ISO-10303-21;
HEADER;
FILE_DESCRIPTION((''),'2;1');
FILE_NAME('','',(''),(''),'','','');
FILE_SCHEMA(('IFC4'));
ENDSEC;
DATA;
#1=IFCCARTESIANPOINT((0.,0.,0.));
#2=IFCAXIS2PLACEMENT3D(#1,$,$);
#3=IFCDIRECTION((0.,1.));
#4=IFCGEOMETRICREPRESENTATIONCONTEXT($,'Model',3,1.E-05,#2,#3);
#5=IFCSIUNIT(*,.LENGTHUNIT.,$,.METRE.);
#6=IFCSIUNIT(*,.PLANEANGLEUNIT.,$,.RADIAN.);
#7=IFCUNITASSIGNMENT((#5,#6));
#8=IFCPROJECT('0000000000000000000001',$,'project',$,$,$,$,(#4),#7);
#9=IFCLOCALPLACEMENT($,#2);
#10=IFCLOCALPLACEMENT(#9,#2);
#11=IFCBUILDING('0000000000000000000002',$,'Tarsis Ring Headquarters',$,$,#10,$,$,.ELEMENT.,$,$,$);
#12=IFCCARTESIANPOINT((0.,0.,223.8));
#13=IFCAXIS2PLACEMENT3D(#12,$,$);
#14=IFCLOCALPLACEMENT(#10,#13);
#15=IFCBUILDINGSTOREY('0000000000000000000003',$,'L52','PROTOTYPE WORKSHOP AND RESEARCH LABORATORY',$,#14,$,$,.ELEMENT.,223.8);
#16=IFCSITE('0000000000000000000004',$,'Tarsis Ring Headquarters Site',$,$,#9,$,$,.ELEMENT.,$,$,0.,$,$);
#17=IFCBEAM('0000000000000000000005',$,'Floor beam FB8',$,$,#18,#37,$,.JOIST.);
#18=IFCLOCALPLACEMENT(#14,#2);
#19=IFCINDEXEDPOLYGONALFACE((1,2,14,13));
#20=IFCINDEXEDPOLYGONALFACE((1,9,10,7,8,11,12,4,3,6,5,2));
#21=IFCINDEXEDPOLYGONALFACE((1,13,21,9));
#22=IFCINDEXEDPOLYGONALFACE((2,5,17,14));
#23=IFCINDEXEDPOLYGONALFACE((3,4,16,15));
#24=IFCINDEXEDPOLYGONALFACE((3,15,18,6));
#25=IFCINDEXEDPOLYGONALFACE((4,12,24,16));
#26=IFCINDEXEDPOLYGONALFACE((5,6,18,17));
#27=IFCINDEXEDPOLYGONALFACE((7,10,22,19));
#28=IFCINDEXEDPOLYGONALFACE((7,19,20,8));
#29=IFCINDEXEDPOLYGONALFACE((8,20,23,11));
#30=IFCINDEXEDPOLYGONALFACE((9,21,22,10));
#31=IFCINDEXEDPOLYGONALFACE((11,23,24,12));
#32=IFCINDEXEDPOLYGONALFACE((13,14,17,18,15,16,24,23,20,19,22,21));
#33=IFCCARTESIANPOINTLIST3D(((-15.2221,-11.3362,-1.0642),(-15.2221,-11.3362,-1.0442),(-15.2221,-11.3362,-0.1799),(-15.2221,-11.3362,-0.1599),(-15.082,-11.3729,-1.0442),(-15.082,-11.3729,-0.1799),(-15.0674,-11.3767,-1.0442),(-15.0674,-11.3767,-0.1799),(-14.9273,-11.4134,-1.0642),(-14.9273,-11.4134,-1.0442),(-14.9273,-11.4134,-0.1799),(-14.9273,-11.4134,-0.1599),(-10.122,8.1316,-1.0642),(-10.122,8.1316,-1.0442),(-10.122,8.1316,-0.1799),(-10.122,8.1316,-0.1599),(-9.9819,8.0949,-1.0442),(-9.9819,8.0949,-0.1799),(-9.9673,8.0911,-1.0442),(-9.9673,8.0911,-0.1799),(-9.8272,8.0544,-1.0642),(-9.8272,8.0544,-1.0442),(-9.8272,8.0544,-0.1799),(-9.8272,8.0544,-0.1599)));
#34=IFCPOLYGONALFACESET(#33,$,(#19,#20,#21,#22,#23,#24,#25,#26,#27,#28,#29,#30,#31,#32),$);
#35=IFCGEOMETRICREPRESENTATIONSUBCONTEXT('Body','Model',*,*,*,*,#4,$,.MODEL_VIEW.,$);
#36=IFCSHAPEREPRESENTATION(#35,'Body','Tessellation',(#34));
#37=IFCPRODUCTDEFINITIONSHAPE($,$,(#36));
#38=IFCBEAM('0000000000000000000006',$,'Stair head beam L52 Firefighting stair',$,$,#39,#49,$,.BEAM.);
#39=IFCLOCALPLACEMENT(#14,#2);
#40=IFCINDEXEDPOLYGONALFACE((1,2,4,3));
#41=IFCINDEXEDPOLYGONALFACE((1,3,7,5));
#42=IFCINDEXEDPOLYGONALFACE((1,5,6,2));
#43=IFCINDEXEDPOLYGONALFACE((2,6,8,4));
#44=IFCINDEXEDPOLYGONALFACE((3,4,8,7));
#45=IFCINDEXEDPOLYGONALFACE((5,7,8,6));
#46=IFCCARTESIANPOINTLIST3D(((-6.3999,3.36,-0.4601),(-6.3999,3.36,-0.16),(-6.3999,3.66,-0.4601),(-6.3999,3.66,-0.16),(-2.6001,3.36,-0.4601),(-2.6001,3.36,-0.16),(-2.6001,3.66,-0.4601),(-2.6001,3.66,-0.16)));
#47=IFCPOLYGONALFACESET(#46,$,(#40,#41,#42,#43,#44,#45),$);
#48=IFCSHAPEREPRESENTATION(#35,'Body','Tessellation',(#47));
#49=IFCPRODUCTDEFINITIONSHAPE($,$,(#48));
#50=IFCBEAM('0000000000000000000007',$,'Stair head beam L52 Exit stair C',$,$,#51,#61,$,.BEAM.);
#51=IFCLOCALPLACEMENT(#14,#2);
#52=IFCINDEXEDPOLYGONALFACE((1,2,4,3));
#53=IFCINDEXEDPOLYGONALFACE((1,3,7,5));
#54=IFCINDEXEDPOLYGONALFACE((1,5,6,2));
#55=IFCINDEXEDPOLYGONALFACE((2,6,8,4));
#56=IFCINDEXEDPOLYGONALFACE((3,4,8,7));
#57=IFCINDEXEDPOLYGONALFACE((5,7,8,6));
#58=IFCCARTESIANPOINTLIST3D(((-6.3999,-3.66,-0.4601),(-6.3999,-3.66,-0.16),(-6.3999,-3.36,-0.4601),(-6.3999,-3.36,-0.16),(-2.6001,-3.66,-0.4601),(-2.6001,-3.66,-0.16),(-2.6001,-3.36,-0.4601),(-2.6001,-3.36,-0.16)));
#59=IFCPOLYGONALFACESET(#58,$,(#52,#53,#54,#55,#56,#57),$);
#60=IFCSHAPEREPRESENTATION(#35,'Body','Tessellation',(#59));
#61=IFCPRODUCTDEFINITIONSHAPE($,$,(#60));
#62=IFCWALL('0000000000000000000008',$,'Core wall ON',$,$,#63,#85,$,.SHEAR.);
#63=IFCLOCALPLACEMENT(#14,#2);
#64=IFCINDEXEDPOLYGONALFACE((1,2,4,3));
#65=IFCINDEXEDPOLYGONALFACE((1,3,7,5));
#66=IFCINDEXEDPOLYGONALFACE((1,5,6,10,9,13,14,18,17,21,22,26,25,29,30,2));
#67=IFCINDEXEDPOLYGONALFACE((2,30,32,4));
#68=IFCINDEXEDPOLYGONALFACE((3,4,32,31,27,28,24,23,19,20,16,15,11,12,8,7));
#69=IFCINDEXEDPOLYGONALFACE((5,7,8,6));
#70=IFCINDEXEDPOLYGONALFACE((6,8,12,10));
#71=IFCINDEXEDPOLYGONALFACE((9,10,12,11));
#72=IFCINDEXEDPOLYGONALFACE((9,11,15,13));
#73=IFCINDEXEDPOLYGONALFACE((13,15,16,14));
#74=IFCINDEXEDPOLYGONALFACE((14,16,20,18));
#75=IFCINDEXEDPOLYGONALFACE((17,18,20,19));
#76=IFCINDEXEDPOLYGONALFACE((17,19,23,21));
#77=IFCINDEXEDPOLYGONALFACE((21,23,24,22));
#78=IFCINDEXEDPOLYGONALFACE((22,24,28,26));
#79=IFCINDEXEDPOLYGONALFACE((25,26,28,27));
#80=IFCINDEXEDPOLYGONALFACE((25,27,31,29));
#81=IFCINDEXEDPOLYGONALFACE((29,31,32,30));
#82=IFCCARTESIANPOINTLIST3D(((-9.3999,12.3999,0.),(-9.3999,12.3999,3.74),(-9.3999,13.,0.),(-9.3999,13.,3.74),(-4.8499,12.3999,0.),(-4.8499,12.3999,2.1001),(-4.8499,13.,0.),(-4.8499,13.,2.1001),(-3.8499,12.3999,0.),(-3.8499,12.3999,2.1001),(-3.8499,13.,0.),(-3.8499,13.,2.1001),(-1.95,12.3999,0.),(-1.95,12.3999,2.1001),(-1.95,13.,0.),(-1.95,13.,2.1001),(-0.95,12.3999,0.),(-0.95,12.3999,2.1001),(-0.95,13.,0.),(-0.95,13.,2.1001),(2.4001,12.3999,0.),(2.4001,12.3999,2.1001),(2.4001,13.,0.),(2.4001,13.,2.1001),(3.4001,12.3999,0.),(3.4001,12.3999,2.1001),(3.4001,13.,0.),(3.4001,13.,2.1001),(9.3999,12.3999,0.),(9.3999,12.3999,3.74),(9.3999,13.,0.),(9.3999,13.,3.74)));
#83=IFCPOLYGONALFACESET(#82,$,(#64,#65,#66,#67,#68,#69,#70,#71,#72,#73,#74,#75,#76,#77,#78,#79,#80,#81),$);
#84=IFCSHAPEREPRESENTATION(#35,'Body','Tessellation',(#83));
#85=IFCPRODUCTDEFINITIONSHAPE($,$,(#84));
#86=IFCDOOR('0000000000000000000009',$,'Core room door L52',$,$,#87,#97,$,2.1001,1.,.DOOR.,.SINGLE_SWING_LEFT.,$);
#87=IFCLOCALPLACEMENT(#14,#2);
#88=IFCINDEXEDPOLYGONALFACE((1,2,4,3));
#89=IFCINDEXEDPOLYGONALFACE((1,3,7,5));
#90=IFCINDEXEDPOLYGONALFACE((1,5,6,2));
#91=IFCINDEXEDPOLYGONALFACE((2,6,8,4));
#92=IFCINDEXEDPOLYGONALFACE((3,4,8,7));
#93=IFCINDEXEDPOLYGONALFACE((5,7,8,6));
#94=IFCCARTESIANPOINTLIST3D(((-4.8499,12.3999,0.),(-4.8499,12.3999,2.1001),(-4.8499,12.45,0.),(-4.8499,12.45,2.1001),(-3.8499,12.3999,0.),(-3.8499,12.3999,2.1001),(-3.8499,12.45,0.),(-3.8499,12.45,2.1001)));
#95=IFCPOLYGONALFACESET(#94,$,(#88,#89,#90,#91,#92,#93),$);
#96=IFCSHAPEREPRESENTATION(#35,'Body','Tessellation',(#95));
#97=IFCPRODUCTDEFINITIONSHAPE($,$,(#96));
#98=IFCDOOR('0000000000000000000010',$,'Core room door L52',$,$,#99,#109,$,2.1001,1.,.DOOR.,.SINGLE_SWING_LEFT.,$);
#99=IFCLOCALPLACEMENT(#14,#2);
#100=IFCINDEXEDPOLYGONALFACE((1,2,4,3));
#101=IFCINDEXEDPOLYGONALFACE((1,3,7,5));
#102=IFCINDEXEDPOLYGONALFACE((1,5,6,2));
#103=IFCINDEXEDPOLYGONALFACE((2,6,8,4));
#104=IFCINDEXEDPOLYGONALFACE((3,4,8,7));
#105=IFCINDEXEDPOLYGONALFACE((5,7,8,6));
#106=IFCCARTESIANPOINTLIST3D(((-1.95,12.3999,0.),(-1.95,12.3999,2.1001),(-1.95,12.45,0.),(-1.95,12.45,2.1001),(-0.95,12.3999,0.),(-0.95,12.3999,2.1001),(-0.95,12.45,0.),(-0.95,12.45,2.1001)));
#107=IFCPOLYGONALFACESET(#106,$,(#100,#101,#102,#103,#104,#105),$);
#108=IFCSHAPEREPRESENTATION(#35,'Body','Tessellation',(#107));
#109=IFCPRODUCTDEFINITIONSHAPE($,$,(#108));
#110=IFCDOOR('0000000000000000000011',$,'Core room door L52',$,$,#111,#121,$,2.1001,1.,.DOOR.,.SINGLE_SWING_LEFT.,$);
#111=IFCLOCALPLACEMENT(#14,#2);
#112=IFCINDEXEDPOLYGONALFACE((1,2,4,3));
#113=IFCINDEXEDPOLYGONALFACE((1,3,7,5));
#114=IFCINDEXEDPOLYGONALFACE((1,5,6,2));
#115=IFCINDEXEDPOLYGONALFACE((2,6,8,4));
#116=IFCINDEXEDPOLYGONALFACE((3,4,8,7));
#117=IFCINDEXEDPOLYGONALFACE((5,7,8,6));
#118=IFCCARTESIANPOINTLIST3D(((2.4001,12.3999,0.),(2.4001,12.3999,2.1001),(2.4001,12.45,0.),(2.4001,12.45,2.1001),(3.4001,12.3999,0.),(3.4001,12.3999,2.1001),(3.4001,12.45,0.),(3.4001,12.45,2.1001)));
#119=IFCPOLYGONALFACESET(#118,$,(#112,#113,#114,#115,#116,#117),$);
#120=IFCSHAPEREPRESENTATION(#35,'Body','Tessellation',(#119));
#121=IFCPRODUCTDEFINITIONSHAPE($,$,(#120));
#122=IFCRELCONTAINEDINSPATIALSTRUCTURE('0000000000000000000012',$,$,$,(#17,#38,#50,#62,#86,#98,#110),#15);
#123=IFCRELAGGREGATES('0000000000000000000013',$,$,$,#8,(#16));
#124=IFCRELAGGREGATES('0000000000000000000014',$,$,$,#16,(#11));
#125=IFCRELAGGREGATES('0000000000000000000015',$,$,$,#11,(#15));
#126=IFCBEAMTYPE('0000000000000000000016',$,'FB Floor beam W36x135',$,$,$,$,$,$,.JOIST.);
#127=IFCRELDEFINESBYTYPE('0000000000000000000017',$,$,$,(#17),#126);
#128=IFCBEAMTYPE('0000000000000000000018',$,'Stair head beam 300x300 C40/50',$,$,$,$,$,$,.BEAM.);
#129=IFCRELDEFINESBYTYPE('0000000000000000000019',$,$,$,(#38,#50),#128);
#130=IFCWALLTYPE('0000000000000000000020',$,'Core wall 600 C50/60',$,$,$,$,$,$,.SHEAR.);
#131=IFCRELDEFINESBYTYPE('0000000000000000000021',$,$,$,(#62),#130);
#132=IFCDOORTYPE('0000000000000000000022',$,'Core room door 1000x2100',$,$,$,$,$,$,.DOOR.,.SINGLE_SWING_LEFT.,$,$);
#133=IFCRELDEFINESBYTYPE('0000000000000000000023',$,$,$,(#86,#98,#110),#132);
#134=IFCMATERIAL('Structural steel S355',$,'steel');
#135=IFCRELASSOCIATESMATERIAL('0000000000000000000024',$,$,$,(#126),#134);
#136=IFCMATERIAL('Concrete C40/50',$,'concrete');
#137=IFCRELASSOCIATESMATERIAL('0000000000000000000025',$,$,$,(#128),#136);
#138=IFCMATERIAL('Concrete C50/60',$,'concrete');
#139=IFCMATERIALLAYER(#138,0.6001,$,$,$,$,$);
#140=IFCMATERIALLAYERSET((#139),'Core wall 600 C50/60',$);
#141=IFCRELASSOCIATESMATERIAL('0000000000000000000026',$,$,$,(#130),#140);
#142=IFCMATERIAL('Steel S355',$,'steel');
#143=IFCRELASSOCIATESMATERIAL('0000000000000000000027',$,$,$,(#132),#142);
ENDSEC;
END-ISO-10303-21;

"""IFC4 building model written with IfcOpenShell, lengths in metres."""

from ifc_helpers import new_model, si_unit, direction, frame, frame_2d, origin, origin_2d, place, context, subcontext, project, spatial, rectangle, i_section, extrude, material, layer, layer_set, material_profile, profile_set, type_object, element, fill, save


model = new_model("IFC4")

# Units and contexts
model_context = context("Model", 3, precision=1e-05, world=origin(), true_north=direction((0.0, 1.0)))
body_context = subcontext(model_context, "Body", "Model", "MODEL_VIEW")
ifc_project = project(units=[si_unit("LENGTHUNIT", "METRE"), si_unit("PLANEANGLEUNIT", "RADIAN")], contexts=[model_context])

# Site, building, storey
site_placement = place(None, origin())
site = spatial("IfcSite", under=ifc_project, at=site_placement, Name="Tarsis Ring Headquarters Site", CompositionType="ELEMENT", RefElevation=0.0)
building_placement = place(site_placement, origin())
building = spatial("IfcBuilding", under=site, at=building_placement, Name="Tarsis Ring Headquarters", CompositionType="ELEMENT")
storey_placement = place(building_placement, frame((0.0, 0.0, 223.8)))
storey = spatial("IfcBuildingStorey", under=building, at=storey_placement, Name="L52", Description="PROTOTYPE WORKSHOP AND RESEARCH LABORATORY", CompositionType="ELEMENT", Elevation=223.8)

# Beams
ifc_material_1 = material(Name="Structural steel S355", Category="steel")
ifc_material_profile_1 = material_profile(ifc_material_1, i_section(OverallWidth=0.3047, OverallDepth=0.9043, WebThickness=0.0151, FlangeThickness=0.02, at=origin_2d()), Name="W36x135")
ifc_profile_set_1 = profile_set([ifc_material_profile_1], Name="Structural steel S355")
beam_type_1 = type_object("IfcBeamType", Name="FB Floor beam W36x135", PredefinedType="JOIST", material=ifc_profile_set_1)
beam_placement = place(storey_placement, frame((-9.9746, 8.093, -0.6121), z_axis=(-0.253424, -0.967355, 0.0), x_axis=(0.967355, -0.253424, 0.0)))
element("IfcBeam", 1, at=beam_placement, inside=storey, type_object=beam_type_1, Name="Floor beam FB8", PredefinedType="JOIST", context=body_context, shape_type="SweptSolid", body=[
    extrude(i_section(OverallWidth=0.3047, OverallDepth=0.9043, WebThickness=0.0151, FlangeThickness=0.02, at=origin_2d()), origin(), (0.0, 0.0, 1.0), 20.1248),
])
ifc_material_2 = material(Name="Concrete C40/50", Category="concrete")
ifc_material_profile_2 = material_profile(ifc_material_2, rectangle(XDim=0.3, YDim=0.3, at=origin_2d()), Name="Stair head beam 300x300 C40/50")
ifc_profile_set_2 = profile_set([ifc_material_profile_2], Name="Concrete C40/50")
beam_type_2 = type_object("IfcBeamType", Name="Stair head beam 300x300 C40/50", PredefinedType="BEAM", material=ifc_profile_set_2)
for number, where, z_axis, x_axis, name in (
    (2, (-6.3999, 3.51, -0.3101), (1.0, 0.0, 0.0), (0.0, 1.0, 0.0), "Stair head beam L52 Firefighting stair"),
    (3, (-6.3999, -3.51, -0.3101), (1.0, 0.0, 0.0), (0.0, 1.0, 0.0), "Stair head beam L52 Exit stair C"),
):
    element("IfcBeam", number, at=place(storey_placement, frame(where, z_axis=z_axis, x_axis=x_axis)), inside=storey, type_object=beam_type_2, Name=name, PredefinedType="BEAM", context=body_context, shape_type="SweptSolid", body=[
        extrude(rectangle(XDim=0.3, YDim=0.3, at=origin_2d()), origin(), (0.0, 0.0, 1.0), 3.7998),
    ])

# Wall, openings, doors
ifc_material_3 = material(Name="Concrete C50/60", Category="concrete")
ifc_layer_1 = layer(ifc_material_3, 0.6001)
ifc_layer_set_1 = layer_set([ifc_layer_1], Name="Core wall 600 C50/60")
wall_type_1 = type_object("IfcWallType", Name="Core wall 600 C50/60", PredefinedType="SHEAR", material=ifc_layer_set_1)
wall_1_placement = place(storey_placement, frame((-9.3999, 12.7, 0.0), z_axis=(0.0, 0.0, 1.0), x_axis=(1.0, 0.0, 0.0)))
wall_1 = element("IfcWall", 4, at=wall_1_placement, inside=storey, type_object=wall_type_1, Name="Core wall ON", PredefinedType="SHEAR", context=body_context, shape_type="SweptSolid", body=[
    extrude(rectangle(XDim=18.7998, YDim=0.6001, at=frame_2d((9.3999, 0.0))), origin(), (0.0, 0.0, 1.0), 3.74),
])
opening_1_placement = place(wall_1_placement, frame((4.55, 0.0, 0.0)))
opening_1 = element("IfcOpeningElement", 5, at=opening_1_placement, cuts=wall_1, PredefinedType="OPENING", context=body_context, shape_type="SweptSolid", body=[
    extrude(rectangle(XDim=1.0, YDim=2.1001, at=frame_2d((0.5, 1.05))), frame((0.0, 0.3101, 0.0), z_axis=(0.0, -1.0, 0.0), x_axis=(1.0, 0.0, 0.0)), (0.0, 0.0, 1.0), 0.6201),
])
opening_2_placement = place(wall_1_placement, frame((7.45, 0.0, 0.0)))
opening_2 = element("IfcOpeningElement", 6, at=opening_2_placement, cuts=wall_1, PredefinedType="OPENING", context=body_context, shape_type="SweptSolid", body=[
    extrude(rectangle(XDim=1.0, YDim=2.1001, at=frame_2d((0.5, 1.05))), frame((0.0, 0.3101, 0.0), z_axis=(0.0, -1.0, 0.0), x_axis=(1.0, 0.0, 0.0)), (0.0, 0.0, 1.0), 0.6201),
])
opening_3_placement = place(wall_1_placement, frame((11.8, 0.0, 0.0)))
opening_3 = element("IfcOpeningElement", 7, at=opening_3_placement, cuts=wall_1, PredefinedType="OPENING", context=body_context, shape_type="SweptSolid", body=[
    extrude(rectangle(XDim=1.0, YDim=2.1001, at=frame_2d((0.5, 1.05))), frame((0.0, 0.3101, 0.0), z_axis=(0.0, -1.0, 0.0), x_axis=(1.0, 0.0, 0.0)), (0.0, 0.0, 1.0), 0.6201),
])
ifc_material_4 = material(Name="Steel S355", Category="steel")
door_type_1 = type_object("IfcDoorType", Name="Core room door 1000x2100", OperationType="SINGLE_SWING_LEFT", PredefinedType="DOOR", material=ifc_material_4)
door_1_placement = place(opening_1_placement, origin())
door_1 = element("IfcDoor", 8, at=door_1_placement, inside=storey, type_object=door_type_1, Name="Core room door L52", OperationType="SINGLE_SWING_LEFT", OverallHeight=2.1001, OverallWidth=1.0, PredefinedType="DOOR", context=body_context, shape_type="SweptSolid", body=[
    extrude(rectangle(XDim=1.0, YDim=2.1001, at=frame_2d((0.5, 1.05))), frame((0.0, -0.25, 0.0), z_axis=(0.0, -1.0, 0.0), x_axis=(1.0, 0.0, 0.0)), (0.0, 0.0, 1.0), 0.05),
])
fill(opening_1, door_1)
door_2_placement = place(opening_2_placement, origin())
door_2 = element("IfcDoor", 9, at=door_2_placement, inside=storey, type_object=door_type_1, Name="Core room door L52", OperationType="SINGLE_SWING_LEFT", OverallHeight=2.1001, OverallWidth=1.0, PredefinedType="DOOR", context=body_context, shape_type="SweptSolid", body=[
    extrude(rectangle(XDim=1.0, YDim=2.1001, at=frame_2d((0.5, 1.05))), frame((0.0, -0.25, 0.0), z_axis=(0.0, -1.0, 0.0), x_axis=(1.0, 0.0, 0.0)), (0.0, 0.0, 1.0), 0.05),
])
fill(opening_2, door_2)
door_3_placement = place(opening_3_placement, origin())
door_3 = element("IfcDoor", 10, at=door_3_placement, inside=storey, type_object=door_type_1, Name="Core room door L52", OperationType="SINGLE_SWING_LEFT", OverallHeight=2.1001, OverallWidth=1.0, PredefinedType="DOOR", context=body_context, shape_type="SweptSolid", body=[
    extrude(rectangle(XDim=1.0, YDim=2.1001, at=frame_2d((0.5, 1.05))), frame((0.0, -0.25, 0.0), z_axis=(0.0, -1.0, 0.0), x_axis=(1.0, 0.0, 0.0)), (0.0, 0.0, 1.0), 0.05),
])
fill(opening_3, door_3)

save(model, "model.ifc")
